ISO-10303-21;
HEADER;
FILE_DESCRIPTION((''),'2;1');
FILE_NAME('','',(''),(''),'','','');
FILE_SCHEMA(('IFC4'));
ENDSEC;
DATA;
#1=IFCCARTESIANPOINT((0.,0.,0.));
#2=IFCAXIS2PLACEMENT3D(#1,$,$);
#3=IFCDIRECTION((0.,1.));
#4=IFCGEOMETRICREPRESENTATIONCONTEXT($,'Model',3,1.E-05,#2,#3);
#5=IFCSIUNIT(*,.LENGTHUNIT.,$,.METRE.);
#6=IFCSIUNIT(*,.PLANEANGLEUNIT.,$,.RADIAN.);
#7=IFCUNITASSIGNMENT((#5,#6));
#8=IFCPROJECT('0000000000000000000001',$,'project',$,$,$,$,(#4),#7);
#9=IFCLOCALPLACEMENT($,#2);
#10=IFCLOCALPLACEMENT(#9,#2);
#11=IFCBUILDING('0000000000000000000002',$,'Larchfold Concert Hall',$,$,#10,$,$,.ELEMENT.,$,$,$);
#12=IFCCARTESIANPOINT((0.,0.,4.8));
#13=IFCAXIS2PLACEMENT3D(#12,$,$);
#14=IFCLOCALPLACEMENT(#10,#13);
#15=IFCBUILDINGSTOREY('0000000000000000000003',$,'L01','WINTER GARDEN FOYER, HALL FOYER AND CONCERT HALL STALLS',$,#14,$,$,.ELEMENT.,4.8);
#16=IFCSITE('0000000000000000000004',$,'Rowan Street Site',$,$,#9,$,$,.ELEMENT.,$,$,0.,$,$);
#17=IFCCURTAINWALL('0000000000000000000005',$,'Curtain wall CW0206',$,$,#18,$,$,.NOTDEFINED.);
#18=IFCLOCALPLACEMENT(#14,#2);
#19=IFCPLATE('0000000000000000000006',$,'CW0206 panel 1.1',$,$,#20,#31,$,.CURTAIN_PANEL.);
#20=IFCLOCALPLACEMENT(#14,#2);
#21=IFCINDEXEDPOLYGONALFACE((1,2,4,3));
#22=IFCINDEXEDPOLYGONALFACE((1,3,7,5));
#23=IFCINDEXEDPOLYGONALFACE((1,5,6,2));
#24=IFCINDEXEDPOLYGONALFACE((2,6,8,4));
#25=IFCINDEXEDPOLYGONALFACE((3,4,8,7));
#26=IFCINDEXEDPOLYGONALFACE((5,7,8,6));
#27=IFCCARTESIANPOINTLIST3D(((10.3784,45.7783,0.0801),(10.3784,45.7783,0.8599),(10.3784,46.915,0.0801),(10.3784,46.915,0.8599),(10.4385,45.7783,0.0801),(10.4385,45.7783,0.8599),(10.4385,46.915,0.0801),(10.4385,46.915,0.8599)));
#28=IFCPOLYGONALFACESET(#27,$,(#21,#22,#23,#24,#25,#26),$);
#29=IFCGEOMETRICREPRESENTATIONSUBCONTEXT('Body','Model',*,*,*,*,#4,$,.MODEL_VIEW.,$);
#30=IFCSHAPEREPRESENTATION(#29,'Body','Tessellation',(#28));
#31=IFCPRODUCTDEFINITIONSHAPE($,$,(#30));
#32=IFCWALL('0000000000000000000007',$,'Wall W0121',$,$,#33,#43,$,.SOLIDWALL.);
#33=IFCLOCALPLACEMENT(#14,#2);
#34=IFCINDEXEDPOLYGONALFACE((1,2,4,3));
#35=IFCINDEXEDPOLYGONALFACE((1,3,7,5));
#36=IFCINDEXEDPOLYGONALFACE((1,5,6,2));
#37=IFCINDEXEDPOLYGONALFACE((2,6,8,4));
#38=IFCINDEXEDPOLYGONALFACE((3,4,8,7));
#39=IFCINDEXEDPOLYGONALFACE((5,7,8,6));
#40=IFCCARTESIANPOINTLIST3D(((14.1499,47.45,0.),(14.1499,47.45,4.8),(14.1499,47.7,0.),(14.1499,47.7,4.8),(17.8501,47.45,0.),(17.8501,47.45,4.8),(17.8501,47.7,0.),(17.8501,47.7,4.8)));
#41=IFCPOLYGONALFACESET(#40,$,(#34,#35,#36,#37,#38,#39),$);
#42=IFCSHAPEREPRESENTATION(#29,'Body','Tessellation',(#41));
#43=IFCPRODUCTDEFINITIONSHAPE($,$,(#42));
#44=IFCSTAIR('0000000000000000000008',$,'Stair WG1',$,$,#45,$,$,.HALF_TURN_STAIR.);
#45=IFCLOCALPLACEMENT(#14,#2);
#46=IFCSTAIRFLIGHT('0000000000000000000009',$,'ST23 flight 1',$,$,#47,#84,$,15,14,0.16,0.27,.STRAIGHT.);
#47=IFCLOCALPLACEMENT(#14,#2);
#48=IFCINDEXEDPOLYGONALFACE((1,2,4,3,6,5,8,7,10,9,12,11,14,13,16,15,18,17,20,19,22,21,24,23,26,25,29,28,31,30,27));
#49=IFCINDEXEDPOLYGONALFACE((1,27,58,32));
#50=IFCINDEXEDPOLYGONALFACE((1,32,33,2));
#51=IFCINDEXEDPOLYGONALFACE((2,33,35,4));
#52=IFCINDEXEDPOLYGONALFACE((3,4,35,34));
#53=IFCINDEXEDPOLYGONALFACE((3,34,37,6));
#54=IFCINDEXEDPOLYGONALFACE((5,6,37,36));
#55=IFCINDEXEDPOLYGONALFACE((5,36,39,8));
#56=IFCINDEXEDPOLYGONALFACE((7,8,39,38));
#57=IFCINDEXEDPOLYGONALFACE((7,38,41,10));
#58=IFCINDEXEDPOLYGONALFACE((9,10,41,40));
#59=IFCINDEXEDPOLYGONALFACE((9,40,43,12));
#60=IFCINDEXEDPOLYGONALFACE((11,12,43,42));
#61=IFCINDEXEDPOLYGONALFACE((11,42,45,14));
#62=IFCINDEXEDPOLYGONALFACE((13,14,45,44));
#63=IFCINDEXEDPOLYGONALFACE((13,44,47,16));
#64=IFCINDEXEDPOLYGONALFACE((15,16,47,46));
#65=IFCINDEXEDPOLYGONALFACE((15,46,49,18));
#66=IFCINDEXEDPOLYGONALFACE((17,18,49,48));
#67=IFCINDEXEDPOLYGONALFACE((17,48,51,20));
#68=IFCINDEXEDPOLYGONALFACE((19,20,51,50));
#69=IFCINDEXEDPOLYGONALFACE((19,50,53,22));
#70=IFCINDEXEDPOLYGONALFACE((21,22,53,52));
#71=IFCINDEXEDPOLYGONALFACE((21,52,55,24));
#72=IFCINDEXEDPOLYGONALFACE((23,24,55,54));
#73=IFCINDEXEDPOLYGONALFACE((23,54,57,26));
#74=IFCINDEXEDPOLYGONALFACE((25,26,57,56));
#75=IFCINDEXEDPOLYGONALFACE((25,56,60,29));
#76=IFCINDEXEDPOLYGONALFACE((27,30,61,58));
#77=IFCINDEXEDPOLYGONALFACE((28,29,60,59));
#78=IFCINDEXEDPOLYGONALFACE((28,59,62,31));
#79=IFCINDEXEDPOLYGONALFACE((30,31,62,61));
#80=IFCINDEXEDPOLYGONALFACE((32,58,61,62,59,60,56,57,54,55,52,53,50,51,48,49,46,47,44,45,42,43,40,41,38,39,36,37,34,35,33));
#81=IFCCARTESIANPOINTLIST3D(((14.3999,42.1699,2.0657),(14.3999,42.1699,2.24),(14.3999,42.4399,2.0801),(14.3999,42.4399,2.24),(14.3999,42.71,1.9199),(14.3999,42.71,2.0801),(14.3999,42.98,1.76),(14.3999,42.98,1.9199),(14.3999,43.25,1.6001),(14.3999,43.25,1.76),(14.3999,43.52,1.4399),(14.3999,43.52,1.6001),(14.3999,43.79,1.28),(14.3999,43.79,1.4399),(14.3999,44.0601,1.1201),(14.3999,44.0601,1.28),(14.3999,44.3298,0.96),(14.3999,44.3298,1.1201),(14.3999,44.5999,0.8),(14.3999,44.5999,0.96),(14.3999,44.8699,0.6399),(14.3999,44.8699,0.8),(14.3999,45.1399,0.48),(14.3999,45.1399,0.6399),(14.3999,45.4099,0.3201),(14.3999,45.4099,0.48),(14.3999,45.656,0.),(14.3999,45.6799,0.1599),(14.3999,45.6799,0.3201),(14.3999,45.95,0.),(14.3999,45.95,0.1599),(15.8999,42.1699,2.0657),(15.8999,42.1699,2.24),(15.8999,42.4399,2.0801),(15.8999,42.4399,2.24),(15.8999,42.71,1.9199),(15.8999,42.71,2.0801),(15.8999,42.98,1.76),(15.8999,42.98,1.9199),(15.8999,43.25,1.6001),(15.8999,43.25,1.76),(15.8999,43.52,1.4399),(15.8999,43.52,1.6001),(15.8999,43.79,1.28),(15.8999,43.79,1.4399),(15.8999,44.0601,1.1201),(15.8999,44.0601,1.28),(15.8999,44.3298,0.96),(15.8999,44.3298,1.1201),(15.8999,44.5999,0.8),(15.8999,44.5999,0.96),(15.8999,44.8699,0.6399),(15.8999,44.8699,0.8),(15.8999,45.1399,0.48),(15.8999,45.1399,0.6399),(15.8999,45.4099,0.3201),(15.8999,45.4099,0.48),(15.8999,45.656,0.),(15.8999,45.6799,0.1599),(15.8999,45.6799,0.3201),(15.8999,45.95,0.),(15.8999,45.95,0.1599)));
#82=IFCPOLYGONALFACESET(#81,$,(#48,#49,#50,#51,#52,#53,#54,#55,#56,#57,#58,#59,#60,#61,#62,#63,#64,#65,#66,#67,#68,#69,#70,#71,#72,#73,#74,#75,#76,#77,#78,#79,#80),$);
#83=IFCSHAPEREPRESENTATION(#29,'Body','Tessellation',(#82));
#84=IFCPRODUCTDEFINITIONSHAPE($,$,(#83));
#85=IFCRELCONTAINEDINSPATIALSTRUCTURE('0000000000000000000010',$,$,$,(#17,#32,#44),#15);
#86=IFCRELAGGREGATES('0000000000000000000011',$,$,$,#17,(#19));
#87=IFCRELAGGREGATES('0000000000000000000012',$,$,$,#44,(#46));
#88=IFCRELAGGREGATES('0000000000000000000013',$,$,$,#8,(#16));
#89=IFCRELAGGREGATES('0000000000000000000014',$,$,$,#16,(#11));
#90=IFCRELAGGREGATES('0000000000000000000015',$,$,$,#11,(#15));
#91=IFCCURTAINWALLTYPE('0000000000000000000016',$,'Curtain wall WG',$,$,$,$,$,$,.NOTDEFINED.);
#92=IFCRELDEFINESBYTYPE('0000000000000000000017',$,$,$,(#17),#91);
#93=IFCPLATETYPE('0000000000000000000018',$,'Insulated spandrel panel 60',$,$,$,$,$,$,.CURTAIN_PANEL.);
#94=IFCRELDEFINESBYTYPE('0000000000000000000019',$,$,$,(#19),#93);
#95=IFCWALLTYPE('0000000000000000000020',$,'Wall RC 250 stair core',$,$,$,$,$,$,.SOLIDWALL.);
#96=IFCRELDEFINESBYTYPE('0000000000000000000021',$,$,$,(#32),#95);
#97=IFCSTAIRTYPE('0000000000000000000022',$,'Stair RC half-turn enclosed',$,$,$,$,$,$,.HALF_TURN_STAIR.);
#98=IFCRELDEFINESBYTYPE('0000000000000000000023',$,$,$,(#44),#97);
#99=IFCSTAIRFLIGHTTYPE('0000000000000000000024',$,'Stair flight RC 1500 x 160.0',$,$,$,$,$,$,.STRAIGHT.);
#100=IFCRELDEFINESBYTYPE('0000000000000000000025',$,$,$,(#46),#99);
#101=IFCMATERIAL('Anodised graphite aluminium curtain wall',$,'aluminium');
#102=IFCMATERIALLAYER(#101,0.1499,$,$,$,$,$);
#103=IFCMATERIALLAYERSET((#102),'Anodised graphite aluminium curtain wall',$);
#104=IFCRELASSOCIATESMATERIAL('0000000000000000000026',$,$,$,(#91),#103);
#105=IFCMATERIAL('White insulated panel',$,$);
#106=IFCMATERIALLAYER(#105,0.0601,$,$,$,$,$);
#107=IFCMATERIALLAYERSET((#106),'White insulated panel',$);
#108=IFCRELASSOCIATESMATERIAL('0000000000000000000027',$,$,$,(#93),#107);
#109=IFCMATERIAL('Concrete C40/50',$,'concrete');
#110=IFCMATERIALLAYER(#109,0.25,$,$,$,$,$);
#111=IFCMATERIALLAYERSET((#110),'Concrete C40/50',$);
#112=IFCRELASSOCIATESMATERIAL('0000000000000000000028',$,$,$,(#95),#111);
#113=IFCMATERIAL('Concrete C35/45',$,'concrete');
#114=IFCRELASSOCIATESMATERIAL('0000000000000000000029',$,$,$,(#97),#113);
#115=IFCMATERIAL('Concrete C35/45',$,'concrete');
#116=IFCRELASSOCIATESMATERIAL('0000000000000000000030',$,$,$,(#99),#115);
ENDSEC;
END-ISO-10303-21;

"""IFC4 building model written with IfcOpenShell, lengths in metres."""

from ifc_helpers import new_model, si_unit, direction, frame, frame_2d, origin, origin_2d, place, context, subcontext, project, spatial, polyline, rectangle, outline, extrude, material, layer, layer_set, type_object, element, aggregate, save


model = new_model("IFC4")

# Units and contexts
model_context = context("Model", 3, precision=1e-05, world=origin(), true_north=direction((0.0, 1.0)))
body_context = subcontext(model_context, "Body", "Model", "MODEL_VIEW")
ifc_project = project(units=[si_unit("LENGTHUNIT", "METRE"), si_unit("PLANEANGLEUNIT", "RADIAN")], contexts=[model_context])

# Site, building, storey
site_placement = place(None, origin())
site = spatial("IfcSite", under=ifc_project, at=site_placement, Name="Rowan Street Site", CompositionType="ELEMENT", RefElevation=0.0)
building_placement = place(site_placement, origin())
building = spatial("IfcBuilding", under=site, at=building_placement, Name="Larchfold Concert Hall", CompositionType="ELEMENT")
storey_placement = place(building_placement, frame((0.0, 0.0, 4.8)))
storey = spatial("IfcBuildingStorey", under=building, at=storey_placement, Name="L01", Description="WINTER GARDEN FOYER, HALL FOYER AND CONCERT HALL STALLS", CompositionType="ELEMENT", Elevation=4.8)

# Curtain wall
ifc_material_1 = material(Name="Anodised graphite aluminium curtain wall", Category="aluminium")
ifc_layer_1 = layer(ifc_material_1, 0.1499)
ifc_layer_set_1 = layer_set([ifc_layer_1], Name="Anodised graphite aluminium curtain wall")
curtain_wall_type = type_object("IfcCurtainWallType", Name="Curtain wall WG", PredefinedType="NOTDEFINED", material=ifc_layer_set_1)
curtain_wall_1_placement = place(storey_placement, origin())
curtain_wall_1 = element("IfcCurtainWall", 1, at=curtain_wall_1_placement, inside=storey, type_object=curtain_wall_type, Name="Curtain wall CW0206", PredefinedType="NOTDEFINED")

# Plate
ifc_material_2 = material(Name="White insulated panel")
ifc_layer_2 = layer(ifc_material_2, 0.0601)
ifc_layer_set_2 = layer_set([ifc_layer_2], Name="White insulated panel")
plate_type_1 = type_object("IfcPlateType", Name="Insulated spandrel panel 60", PredefinedType="CURTAIN_PANEL", material=ifc_layer_set_2)
plate_1_placement = place(storey_placement, frame((10.4084, 46.3467, 0.0801), z_axis=(0.0, 0.0, 1.0), x_axis=(0.0, -1.0, 0.0)))
plate_1 = element("IfcPlate", 2, at=plate_1_placement, type_object=plate_type_1, Name="CW0206 panel 1.1", PredefinedType="CURTAIN_PANEL", context=body_context, shape_type="SweptSolid", body=[
    extrude(rectangle(XDim=1.1367, YDim=0.0601, at=origin_2d()), origin(), (0.0, 0.0, 1.0), 0.7798),
])
aggregate(curtain_wall_1, [plate_1])

# Wall
ifc_material_3 = material(Name="Concrete C40/50", Category="concrete")
ifc_layer_3 = layer(ifc_material_3, 0.25)
ifc_layer_set_3 = layer_set([ifc_layer_3], Name="Concrete C40/50")
wall_type = type_object("IfcWallType", Name="Wall RC 250 stair core", PredefinedType="SOLIDWALL", material=ifc_layer_set_3)
wall_placement = place(storey_placement, frame((14.1499, 47.575, 0.0), z_axis=(0.0, 0.0, 1.0), x_axis=(1.0, 0.0, 0.0)))
element("IfcWall", 3, at=wall_placement, inside=storey, type_object=wall_type, Name="Wall W0121", PredefinedType="SOLIDWALL", context=body_context, shape_type="SweptSolid", body=[
    extrude(rectangle(XDim=3.7002, YDim=0.25, at=frame_2d((1.8501, 0.0))), origin(), (0.0, 0.0, 1.0), 4.8),
])

# Stair, stair flight
ifc_material_4 = material(Name="Concrete C35/45", Category="concrete")
stair_type = type_object("IfcStairType", Name="Stair RC half-turn enclosed", PredefinedType="HALF_TURN_STAIR", material=ifc_material_4)
stair_placement = place(storey_placement, origin())
stair = element("IfcStair", 4, at=stair_placement, inside=storey, type_object=stair_type, Name="Stair WG1", PredefinedType="HALF_TURN_STAIR")
ifc_material_5 = material(Name="Concrete C35/45", Category="concrete")
stair_flight_type = type_object("IfcStairFlightType", Name="Stair flight RC 1500 x 160.0", PredefinedType="STRAIGHT", material=ifc_material_5)
stair_flight_placement = place(storey_placement, frame((15.1499, 45.95, 0.0), z_axis=(0.0, 0.0, 1.0), x_axis=(0.0, -1.0, 0.0)))
stair_flight = element("IfcStairFlight", 5, at=stair_flight_placement, type_object=stair_flight_type, Name="ST23 flight 1", NumberOfRisers=15, NumberOfTreads=14, PredefinedType="STRAIGHT", RiserHeight=0.16, TreadLength=0.27, context=body_context, shape_type="SweptSolid", body=[
    extrude(outline(polyline([(0.0, 0.0), (0.0, 0.1599), (0.27, 0.1599), (0.27, 0.3201), (0.54, 0.3201), (0.54, 0.48), (0.8101, 0.48), (0.8101, 0.6399), (1.0801, 0.6399), (1.0801, 0.8), (1.3501, 0.8), (1.3501, 0.96), (1.6201, 0.96), (1.6201, 1.1201), (1.8899, 1.1201), (1.8899, 1.28), (2.1599, 1.28), (2.1599, 1.4399), (2.4299, 1.4399), (2.4299, 1.6001), (2.7, 1.6001), (2.7, 1.76), (2.97, 1.76), (2.97, 1.9199), (3.24, 1.9199), (3.24, 2.0801), (3.51, 2.0801), (3.51, 2.24), (3.78, 2.24), (3.78, 2.3999), (3.78, 2.0657), (0.2939, 0.0), (0.0, 0.0)])), frame((0.0, 0.75, 0.0), z_axis=(0.0, -1.0, 0.0), x_axis=(1.0, 0.0, 0.0)), (0.0, 0.0, 1.0), 1.5),
])
aggregate(stair, [stair_flight])

save(model, "model.ifc")
